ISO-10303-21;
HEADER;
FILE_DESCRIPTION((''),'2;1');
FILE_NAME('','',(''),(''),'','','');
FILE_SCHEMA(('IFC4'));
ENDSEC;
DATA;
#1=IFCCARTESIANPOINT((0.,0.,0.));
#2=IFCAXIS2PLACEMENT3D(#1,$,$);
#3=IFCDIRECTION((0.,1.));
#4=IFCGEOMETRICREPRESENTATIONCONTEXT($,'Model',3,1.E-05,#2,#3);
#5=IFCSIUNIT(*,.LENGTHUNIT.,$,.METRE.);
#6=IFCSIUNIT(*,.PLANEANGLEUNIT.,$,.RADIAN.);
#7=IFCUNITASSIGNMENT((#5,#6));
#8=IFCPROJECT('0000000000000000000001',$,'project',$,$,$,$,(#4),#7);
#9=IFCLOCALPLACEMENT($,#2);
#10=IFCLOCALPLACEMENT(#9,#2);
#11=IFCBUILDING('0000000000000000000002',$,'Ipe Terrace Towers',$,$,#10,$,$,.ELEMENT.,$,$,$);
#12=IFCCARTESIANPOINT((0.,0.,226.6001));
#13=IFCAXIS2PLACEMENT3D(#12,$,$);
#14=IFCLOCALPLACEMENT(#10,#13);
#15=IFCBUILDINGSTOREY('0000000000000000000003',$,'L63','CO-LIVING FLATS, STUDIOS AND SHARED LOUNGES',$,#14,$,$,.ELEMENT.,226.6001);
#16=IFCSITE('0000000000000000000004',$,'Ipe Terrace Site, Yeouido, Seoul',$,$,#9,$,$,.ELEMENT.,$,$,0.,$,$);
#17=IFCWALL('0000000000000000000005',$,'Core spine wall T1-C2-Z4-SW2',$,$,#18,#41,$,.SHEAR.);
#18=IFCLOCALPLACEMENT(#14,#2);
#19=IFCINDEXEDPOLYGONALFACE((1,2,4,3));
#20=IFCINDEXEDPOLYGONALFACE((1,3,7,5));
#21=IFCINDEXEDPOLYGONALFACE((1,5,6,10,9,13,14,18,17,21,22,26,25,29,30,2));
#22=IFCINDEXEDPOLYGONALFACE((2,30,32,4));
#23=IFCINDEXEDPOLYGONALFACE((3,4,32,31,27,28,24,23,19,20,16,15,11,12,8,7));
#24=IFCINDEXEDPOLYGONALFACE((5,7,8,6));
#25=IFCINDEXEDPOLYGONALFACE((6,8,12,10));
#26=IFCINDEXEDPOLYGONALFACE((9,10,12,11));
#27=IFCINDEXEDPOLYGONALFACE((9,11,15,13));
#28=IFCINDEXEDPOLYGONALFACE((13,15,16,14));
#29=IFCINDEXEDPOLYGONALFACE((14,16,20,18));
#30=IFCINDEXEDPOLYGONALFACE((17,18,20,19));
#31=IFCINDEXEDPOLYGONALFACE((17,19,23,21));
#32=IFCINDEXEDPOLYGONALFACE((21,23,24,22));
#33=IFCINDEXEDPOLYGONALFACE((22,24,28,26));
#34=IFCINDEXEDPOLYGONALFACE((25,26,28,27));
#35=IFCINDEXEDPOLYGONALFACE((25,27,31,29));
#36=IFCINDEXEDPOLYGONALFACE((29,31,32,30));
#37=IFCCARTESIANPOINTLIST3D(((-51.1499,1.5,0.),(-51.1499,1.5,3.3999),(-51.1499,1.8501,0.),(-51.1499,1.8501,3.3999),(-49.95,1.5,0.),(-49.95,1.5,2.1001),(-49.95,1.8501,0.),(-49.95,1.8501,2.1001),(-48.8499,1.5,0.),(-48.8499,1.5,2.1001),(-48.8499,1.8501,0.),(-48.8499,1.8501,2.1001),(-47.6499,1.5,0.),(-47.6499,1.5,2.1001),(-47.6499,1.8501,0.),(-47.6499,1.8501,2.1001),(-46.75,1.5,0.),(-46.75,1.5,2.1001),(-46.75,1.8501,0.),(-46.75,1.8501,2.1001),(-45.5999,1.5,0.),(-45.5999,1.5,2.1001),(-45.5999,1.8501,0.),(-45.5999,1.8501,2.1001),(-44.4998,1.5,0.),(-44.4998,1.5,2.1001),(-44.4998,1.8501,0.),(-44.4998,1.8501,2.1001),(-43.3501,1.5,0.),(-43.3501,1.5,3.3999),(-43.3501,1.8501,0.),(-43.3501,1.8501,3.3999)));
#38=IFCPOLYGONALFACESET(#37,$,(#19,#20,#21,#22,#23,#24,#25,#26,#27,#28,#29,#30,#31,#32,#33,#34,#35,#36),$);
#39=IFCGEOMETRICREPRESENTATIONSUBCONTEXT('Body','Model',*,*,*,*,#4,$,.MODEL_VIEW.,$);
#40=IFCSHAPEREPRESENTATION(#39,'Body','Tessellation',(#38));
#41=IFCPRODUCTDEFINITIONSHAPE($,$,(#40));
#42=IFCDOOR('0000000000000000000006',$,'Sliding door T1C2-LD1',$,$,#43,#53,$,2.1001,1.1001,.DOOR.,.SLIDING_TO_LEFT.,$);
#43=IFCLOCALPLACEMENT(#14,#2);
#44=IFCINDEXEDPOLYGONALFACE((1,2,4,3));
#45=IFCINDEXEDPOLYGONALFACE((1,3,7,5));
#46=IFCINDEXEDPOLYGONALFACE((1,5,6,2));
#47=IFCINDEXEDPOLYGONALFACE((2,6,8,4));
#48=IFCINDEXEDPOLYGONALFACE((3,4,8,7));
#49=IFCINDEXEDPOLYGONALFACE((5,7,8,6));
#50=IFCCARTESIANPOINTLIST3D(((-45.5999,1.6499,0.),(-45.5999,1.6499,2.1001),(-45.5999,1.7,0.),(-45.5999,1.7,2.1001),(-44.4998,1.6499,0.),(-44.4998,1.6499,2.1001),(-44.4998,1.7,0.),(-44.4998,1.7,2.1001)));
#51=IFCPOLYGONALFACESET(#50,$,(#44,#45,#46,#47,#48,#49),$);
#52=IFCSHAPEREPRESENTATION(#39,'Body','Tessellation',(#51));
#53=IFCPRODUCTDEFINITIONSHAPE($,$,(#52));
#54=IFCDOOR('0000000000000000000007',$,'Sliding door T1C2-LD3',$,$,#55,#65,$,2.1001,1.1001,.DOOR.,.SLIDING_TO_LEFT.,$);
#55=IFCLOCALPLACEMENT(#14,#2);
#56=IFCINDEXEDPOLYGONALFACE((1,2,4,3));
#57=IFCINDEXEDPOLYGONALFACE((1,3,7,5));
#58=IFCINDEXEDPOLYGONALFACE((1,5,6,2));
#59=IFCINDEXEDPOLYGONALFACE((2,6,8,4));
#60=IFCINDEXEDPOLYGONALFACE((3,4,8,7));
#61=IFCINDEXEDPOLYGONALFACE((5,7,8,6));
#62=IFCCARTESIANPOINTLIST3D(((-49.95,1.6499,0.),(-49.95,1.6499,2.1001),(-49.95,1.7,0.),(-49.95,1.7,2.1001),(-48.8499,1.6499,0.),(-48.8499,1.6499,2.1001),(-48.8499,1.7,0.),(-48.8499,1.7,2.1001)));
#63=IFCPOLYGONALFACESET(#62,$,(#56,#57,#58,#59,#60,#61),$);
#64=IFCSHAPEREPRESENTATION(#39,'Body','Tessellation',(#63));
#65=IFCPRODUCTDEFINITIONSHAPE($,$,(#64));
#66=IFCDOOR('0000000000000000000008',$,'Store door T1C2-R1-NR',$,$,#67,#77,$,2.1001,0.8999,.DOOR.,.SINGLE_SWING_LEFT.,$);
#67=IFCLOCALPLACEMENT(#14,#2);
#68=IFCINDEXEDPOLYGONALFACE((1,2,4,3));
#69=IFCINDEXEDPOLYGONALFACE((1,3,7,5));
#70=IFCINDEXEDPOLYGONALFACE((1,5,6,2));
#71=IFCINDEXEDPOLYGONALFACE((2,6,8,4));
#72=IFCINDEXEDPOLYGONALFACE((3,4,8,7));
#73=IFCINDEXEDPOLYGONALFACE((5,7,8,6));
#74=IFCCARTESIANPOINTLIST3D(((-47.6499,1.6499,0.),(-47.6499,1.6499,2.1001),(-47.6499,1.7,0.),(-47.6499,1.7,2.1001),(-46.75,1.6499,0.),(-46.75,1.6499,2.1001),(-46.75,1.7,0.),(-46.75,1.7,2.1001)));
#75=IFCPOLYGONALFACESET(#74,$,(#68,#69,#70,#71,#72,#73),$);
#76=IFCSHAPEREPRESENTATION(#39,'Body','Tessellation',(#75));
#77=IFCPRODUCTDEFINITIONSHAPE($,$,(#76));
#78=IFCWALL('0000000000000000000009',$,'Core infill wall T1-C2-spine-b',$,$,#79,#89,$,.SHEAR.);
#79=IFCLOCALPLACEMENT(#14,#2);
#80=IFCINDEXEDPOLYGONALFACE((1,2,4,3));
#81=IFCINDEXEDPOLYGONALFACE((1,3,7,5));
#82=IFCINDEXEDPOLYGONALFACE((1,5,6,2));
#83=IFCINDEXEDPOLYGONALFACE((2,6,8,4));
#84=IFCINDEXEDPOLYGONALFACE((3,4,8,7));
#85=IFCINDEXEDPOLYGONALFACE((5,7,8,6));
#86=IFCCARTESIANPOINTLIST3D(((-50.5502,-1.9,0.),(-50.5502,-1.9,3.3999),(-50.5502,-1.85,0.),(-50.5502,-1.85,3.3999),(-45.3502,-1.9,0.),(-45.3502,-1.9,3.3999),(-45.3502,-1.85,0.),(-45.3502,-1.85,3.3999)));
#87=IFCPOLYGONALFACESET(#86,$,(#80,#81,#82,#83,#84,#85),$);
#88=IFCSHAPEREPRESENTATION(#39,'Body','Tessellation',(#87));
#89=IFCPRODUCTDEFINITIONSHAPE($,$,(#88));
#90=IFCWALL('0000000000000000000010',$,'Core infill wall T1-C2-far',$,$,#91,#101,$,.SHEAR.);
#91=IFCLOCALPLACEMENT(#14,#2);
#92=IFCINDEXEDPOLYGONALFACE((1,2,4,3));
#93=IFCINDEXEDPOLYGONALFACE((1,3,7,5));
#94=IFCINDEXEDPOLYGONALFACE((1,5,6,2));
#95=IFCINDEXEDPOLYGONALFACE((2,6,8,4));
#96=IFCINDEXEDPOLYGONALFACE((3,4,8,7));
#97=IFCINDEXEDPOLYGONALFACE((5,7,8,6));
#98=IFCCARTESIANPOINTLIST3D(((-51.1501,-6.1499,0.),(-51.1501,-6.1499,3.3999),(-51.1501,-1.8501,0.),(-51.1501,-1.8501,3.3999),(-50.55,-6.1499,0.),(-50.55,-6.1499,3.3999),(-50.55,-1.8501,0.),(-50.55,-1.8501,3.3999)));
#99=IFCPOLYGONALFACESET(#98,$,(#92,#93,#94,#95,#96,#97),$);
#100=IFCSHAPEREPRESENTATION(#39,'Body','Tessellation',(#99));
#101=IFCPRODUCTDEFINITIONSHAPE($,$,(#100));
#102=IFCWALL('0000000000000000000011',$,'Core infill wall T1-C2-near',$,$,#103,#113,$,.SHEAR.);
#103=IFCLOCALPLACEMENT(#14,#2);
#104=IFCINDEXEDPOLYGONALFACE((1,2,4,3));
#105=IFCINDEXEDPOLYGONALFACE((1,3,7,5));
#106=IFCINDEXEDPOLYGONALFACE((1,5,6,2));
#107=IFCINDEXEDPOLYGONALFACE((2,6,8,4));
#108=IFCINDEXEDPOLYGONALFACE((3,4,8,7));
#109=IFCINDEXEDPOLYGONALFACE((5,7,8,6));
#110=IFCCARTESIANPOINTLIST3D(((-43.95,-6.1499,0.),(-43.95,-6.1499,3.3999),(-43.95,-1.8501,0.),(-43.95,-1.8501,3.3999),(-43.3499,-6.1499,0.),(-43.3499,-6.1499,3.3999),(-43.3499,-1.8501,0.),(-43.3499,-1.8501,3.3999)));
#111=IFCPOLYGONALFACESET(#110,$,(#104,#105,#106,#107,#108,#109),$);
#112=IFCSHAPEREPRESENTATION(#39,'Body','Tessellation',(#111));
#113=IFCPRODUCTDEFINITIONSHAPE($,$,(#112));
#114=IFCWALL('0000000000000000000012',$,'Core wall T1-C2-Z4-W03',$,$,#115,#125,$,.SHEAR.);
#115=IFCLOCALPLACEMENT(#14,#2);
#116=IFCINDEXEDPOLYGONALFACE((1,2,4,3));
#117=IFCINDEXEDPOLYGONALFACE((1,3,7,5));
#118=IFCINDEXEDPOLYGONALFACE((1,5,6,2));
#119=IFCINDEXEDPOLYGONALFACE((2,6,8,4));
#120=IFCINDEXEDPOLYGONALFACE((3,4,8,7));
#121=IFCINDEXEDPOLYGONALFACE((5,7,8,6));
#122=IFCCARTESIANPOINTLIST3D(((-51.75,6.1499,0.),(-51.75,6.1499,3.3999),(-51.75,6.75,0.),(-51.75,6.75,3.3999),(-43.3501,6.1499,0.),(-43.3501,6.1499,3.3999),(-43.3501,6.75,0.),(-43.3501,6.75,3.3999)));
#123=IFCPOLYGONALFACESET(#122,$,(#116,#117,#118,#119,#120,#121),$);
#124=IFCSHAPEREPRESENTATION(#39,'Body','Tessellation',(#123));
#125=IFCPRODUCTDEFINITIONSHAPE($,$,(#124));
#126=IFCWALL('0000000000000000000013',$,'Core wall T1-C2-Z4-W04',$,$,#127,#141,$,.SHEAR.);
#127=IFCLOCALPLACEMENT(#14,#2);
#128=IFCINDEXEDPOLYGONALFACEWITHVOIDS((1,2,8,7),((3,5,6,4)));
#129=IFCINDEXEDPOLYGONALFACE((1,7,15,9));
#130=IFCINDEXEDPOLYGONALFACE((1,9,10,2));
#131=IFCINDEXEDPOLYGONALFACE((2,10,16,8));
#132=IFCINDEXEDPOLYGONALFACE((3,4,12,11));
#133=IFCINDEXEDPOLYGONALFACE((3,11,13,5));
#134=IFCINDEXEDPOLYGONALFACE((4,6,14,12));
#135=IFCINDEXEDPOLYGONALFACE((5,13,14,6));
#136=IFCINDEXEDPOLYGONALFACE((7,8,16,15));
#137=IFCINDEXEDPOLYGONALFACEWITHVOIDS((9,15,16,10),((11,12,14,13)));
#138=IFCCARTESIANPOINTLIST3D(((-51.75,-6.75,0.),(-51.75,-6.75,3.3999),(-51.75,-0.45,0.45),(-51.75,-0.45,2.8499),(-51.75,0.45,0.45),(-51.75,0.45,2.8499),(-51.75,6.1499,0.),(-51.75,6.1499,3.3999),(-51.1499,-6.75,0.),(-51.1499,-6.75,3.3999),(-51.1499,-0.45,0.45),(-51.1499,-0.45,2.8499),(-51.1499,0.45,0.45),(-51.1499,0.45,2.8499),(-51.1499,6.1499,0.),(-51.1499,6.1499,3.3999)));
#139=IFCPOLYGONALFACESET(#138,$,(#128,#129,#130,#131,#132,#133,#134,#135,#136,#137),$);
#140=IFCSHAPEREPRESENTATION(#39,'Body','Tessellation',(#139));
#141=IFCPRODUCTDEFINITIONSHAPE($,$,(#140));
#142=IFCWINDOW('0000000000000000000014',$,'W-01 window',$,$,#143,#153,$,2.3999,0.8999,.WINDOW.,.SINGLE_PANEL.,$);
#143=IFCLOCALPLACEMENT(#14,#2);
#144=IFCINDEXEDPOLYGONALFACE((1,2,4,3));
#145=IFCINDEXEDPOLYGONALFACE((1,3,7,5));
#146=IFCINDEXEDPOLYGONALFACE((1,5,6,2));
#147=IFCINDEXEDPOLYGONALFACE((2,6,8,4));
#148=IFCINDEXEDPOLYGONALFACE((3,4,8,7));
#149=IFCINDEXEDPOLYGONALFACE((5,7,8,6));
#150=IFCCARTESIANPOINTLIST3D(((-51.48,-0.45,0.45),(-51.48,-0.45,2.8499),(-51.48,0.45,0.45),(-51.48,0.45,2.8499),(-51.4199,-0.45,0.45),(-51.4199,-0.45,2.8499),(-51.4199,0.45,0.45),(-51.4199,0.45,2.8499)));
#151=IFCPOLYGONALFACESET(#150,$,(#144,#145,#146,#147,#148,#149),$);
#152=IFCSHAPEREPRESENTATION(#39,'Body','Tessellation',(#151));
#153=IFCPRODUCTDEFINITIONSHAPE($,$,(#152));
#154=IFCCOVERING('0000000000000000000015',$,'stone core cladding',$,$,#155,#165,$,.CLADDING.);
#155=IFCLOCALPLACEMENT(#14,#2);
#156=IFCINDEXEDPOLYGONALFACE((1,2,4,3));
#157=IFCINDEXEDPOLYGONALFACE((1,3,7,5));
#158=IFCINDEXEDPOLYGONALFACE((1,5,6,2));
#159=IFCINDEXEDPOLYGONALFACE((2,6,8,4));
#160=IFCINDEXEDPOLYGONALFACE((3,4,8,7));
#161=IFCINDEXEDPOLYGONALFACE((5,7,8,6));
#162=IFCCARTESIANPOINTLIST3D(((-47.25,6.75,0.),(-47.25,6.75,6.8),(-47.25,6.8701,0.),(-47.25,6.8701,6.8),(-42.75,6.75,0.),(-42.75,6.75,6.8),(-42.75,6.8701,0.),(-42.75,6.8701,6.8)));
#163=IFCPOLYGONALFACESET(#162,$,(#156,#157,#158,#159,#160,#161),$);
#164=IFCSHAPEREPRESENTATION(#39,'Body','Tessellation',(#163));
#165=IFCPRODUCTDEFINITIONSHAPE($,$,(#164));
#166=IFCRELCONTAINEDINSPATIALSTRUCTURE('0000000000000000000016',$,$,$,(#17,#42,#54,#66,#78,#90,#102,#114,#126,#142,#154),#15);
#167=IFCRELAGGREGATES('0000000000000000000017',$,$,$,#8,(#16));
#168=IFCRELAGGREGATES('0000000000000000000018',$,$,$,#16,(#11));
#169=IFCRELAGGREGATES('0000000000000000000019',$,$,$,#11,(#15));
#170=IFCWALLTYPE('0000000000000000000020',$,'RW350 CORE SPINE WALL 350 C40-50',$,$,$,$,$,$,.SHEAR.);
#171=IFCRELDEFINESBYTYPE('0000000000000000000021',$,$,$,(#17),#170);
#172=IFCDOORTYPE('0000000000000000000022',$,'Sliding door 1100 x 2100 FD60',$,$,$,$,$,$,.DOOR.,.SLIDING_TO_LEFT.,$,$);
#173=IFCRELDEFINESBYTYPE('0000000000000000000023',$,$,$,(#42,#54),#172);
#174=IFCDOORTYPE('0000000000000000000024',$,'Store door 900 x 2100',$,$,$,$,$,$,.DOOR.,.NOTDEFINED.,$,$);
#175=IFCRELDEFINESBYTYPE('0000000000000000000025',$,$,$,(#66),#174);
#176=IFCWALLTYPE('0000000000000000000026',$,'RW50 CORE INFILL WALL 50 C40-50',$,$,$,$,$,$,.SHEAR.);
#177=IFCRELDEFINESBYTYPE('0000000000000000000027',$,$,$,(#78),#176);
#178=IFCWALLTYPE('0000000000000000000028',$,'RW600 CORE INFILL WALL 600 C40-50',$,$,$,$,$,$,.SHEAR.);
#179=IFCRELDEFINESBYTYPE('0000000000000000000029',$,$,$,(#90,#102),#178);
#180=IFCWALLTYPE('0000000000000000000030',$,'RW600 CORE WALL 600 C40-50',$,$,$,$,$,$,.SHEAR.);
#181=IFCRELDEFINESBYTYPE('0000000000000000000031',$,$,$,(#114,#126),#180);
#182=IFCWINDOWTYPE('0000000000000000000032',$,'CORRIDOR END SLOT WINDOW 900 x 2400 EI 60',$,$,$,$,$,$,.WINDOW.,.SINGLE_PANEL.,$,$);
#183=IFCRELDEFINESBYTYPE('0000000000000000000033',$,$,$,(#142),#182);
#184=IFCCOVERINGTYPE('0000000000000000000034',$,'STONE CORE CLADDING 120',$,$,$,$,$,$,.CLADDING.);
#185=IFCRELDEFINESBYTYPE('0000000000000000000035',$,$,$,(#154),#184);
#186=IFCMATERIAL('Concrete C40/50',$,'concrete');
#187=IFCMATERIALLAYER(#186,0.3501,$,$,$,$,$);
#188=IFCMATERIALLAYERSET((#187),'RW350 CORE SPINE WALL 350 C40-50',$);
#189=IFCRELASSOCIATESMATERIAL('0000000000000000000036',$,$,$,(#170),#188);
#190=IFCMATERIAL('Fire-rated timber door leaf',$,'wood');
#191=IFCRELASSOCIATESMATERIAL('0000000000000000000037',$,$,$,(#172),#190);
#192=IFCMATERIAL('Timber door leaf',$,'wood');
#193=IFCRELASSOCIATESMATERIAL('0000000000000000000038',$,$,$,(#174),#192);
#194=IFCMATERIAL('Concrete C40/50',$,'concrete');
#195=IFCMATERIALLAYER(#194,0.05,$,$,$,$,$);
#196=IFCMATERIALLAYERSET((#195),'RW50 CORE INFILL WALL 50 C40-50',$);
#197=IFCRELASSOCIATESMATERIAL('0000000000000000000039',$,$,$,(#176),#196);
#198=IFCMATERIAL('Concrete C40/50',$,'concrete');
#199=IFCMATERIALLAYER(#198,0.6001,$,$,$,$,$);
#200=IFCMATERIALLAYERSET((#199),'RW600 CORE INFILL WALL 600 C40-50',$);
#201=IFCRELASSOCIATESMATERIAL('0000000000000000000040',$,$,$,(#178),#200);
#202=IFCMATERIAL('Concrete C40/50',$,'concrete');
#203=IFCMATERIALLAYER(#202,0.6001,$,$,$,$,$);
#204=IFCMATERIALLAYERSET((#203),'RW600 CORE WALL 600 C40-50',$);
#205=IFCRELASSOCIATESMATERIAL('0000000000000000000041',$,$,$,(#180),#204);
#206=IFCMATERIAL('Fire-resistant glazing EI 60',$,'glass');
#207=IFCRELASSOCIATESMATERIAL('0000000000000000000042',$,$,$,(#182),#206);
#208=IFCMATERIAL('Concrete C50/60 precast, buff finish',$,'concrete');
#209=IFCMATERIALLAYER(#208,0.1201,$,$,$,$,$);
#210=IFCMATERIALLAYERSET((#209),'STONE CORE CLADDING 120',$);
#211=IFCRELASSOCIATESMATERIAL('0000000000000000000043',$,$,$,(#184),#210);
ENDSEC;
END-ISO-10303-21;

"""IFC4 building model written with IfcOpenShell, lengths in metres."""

from ifc_helpers import new_model, si_unit, direction, frame, frame_2d, origin, origin_2d, place, context, subcontext, project, spatial, rectangle, extrude, material, layer, layer_set, type_object, element, fill, save


model = new_model("IFC4")

# Units and contexts
model_context = context("Model", 3, precision=1e-05, world=origin(), true_north=direction((0.0, 1.0)))
body_context = subcontext(model_context, "Body", "Model", "MODEL_VIEW")
ifc_project = project(units=[si_unit("LENGTHUNIT", "METRE"), si_unit("PLANEANGLEUNIT", "RADIAN")], contexts=[model_context])

# Site, building, storey
site_placement = place(None, origin())
site = spatial("IfcSite", under=ifc_project, at=site_placement, Name="Ipe Terrace Site, Yeouido, Seoul", CompositionType="ELEMENT", RefElevation=0.0)
building_placement = place(site_placement, origin())
building = spatial("IfcBuilding", under=site, at=building_placement, Name="Ipe Terrace Towers", CompositionType="ELEMENT")
storey_placement = place(building_placement, frame((0.0, 0.0, 226.6001)))
storey = spatial("IfcBuildingStorey", under=building, at=storey_placement, Name="L63", Description="CO-LIVING FLATS, STUDIOS AND SHARED LOUNGES", CompositionType="ELEMENT", Elevation=226.6001)

# Shared definitions
ifc_material_1 = material(Name="Concrete C40/50", Category="concrete")
ifc_layer_1 = layer(ifc_material_1, 0.3501)
ifc_layer_set_1 = layer_set([ifc_layer_1], Name="RW350 CORE SPINE WALL 350 C40-50")
wall_type_1 = type_object("IfcWallType", Name="RW350 CORE SPINE WALL 350 C40-50", PredefinedType="SHEAR", material=ifc_layer_set_1)

# Wall, openings, doors
wall_1_placement = place(storey_placement, frame((-51.1499, 1.675, 0.0), z_axis=(0.0, 0.0, 1.0), x_axis=(1.0, 0.0, 0.0)))
wall_1 = element("IfcWall", 1, at=wall_1_placement, inside=storey, type_object=wall_type_1, Name="Core spine wall T1-C2-Z4-SW2", PredefinedType="SHEAR", context=body_context, shape_type="SweptSolid", body=[
    extrude(rectangle(XDim=7.7998, YDim=0.3501, at=frame_2d((3.8999, 0.0))), origin(), (0.0, 0.0, 1.0), 3.3999),
])
opening_1_placement = place(wall_1_placement, frame((5.55, 0.0, 0.0)))
opening_1 = element("IfcOpeningElement", 2, at=opening_1_placement, cuts=wall_1, PredefinedType="OPENING", context=body_context, shape_type="SweptSolid", body=[
    extrude(rectangle(XDim=1.1001, YDim=2.1001, at=frame_2d((0.55, 1.05))), frame((0.0, 0.1851, 0.0), z_axis=(0.0, -1.0, 0.0), x_axis=(1.0, 0.0, 0.0)), (0.0, 0.0, 1.0), 0.3701),
])
opening_2_placement = place(wall_1_placement, frame((1.2, 0.0, 0.0)))
opening_2 = element("IfcOpeningElement", 3, at=opening_2_placement, cuts=wall_1, PredefinedType="OPENING", context=body_context, shape_type="SweptSolid", body=[
    extrude(rectangle(XDim=1.1001, YDim=2.1001, at=frame_2d((0.55, 1.05))), frame((0.0, 0.1851, 0.0), z_axis=(0.0, -1.0, 0.0), x_axis=(1.0, 0.0, 0.0)), (0.0, 0.0, 1.0), 0.3701),
])
opening_3_placement = place(wall_1_placement, frame((3.5, 0.0, 0.0)))
opening_3 = element("IfcOpeningElement", 4, at=opening_3_placement, cuts=wall_1, PredefinedType="OPENING", context=body_context, shape_type="SweptSolid", body=[
    extrude(rectangle(XDim=0.8999, YDim=2.1001, at=frame_2d((0.45, 1.05))), frame((0.0, 0.1851, 0.0), z_axis=(0.0, -1.0, 0.0), x_axis=(1.0, 0.0, 0.0)), (0.0, 0.0, 1.0), 0.3701),
])
ifc_material_2 = material(Name="Fire-rated timber door leaf", Category="wood")
door_type_1 = type_object("IfcDoorType", Name="Sliding door 1100 x 2100 FD60", OperationType="SLIDING_TO_LEFT", PredefinedType="DOOR", material=ifc_material_2)
door_1_placement = place(opening_1_placement, origin())
door_1 = element("IfcDoor", 5, at=door_1_placement, inside=storey, type_object=door_type_1, Name="Sliding door T1C2-LD1", OperationType="SLIDING_TO_LEFT", OverallHeight=2.1001, OverallWidth=1.1001, PredefinedType="DOOR", context=body_context, shape_type="SweptSolid", body=[
    extrude(rectangle(XDim=1.1001, YDim=2.1001, at=frame_2d((0.55, 1.05))), frame((0.0, 0.0249, 0.0), z_axis=(0.0, -1.0, 0.0), x_axis=(1.0, 0.0, 0.0)), (0.0, 0.0, 1.0), 0.05),
])
fill(opening_1, door_1)
door_2_placement = place(opening_2_placement, origin())
door_2 = element("IfcDoor", 6, at=door_2_placement, inside=storey, type_object=door_type_1, Name="Sliding door T1C2-LD3", OperationType="SLIDING_TO_LEFT", OverallHeight=2.1001, OverallWidth=1.1001, PredefinedType="DOOR", context=body_context, shape_type="SweptSolid", body=[
    extrude(rectangle(XDim=1.1001, YDim=2.1001, at=frame_2d((0.55, 1.05))), frame((0.0, 0.0249, 0.0), z_axis=(0.0, -1.0, 0.0), x_axis=(1.0, 0.0, 0.0)), (0.0, 0.0, 1.0), 0.05),
])
fill(opening_2, door_2)
ifc_material_3 = material(Name="Timber door leaf", Category="wood")
door_type_2 = type_object("IfcDoorType", Name="Store door 900 x 2100", OperationType="NOTDEFINED", PredefinedType="DOOR", material=ifc_material_3)
door_3_placement = place(opening_3_placement, origin())
door_3 = element("IfcDoor", 7, at=door_3_placement, inside=storey, type_object=door_type_2, Name="Store door T1C2-R1-NR", OperationType="SINGLE_SWING_LEFT", OverallHeight=2.1001, OverallWidth=0.8999, PredefinedType="DOOR", context=body_context, shape_type="SweptSolid", body=[
    extrude(rectangle(XDim=0.8999, YDim=2.1001, at=frame_2d((0.45, 1.05))), frame((0.0, 0.0249, 0.0), z_axis=(0.0, -1.0, 0.0), x_axis=(1.0, 0.0, 0.0)), (0.0, 0.0, 1.0), 0.05),
])
fill(opening_3, door_3)

# Walls
ifc_material_4 = material(Name="Concrete C40/50", Category="concrete")
ifc_layer_2 = layer(ifc_material_4, 0.05)
ifc_layer_set_2 = layer_set([ifc_layer_2], Name="RW50 CORE INFILL WALL 50 C40-50")
wall_type_2 = type_object("IfcWallType", Name="RW50 CORE INFILL WALL 50 C40-50", PredefinedType="SHEAR", material=ifc_layer_set_2)
wall_2_placement = place(storey_placement, frame((-45.3501, -1.875, 0.0), z_axis=(0.0, 0.0, 1.0), x_axis=(-1.0, 0.0, 0.0)))
element("IfcWall", 8, at=wall_2_placement, inside=storey, type_object=wall_type_2, Name="Core infill wall T1-C2-spine-b", PredefinedType="SHEAR", context=body_context, shape_type="SweptSolid", body=[
    extrude(rectangle(XDim=5.2, YDim=0.05, at=frame_2d((2.6001, 0.0))), origin(), (0.0, 0.0, 1.0), 3.3999),
])
ifc_material_5 = material(Name="Concrete C40/50", Category="concrete")
ifc_layer_3 = layer(ifc_material_5, 0.6001)
ifc_layer_set_3 = layer_set([ifc_layer_3], Name="RW600 CORE INFILL WALL 600 C40-50")
wall_type_3 = type_object("IfcWallType", Name="RW600 CORE INFILL WALL 600 C40-50", PredefinedType="SHEAR", material=ifc_layer_set_3)
for number, where, z_axis, x_axis, name in (
    (9, (-50.8501, -1.8501, 0.0), (0.0, 0.0, 1.0), (0.0, -1.0, 0.0), "Core infill wall T1-C2-far"),
    (10, (-43.6499, -1.8501, 0.0), (0.0, 0.0, 1.0), (0.0, -1.0, 0.0), "Core infill wall T1-C2-near"),
):
    element("IfcWall", number, at=place(storey_placement, frame(where, z_axis=z_axis, x_axis=x_axis)), inside=storey, type_object=wall_type_3, Name=name, PredefinedType="SHEAR", context=body_context, shape_type="SweptSolid", body=[
        extrude(rectangle(XDim=4.2998, YDim=0.6001, at=frame_2d((2.1499, 0.0))), origin(), (0.0, 0.0, 1.0), 3.3999),
    ])
ifc_material_6 = material(Name="Concrete C40/50", Category="concrete")
ifc_layer_4 = layer(ifc_material_6, 0.6001)
ifc_layer_set_4 = layer_set([ifc_layer_4], Name="RW600 CORE WALL 600 C40-50")
wall_type_4 = type_object("IfcWallType", Name="RW600 CORE WALL 600 C40-50", PredefinedType="SHEAR", material=ifc_layer_set_4)
wall_3_placement = place(storey_placement, frame((-43.3501, 6.45, 0.0), z_axis=(0.0, 0.0, 1.0), x_axis=(-1.0, 0.0, 0.0)))
element("IfcWall", 11, at=wall_3_placement, inside=storey, type_object=wall_type_4, Name="Core wall T1-C2-Z4-W03", PredefinedType="SHEAR", context=body_context, shape_type="SweptSolid", body=[
    extrude(rectangle(XDim=8.3999, YDim=0.6001, at=frame_2d((4.2, 0.0))), origin(), (0.0, 0.0, 1.0), 3.3999),
])

# Wall, opening, window
wall_4_placement = place(storey_placement, frame((-51.45, 6.1499, 0.0), z_axis=(0.0, 0.0, 1.0), x_axis=(0.0, -1.0, 0.0)))
wall_4 = element("IfcWall", 12, at=wall_4_placement, inside=storey, type_object=wall_type_4, Name="Core wall T1-C2-Z4-W04", PredefinedType="SHEAR", context=body_context, shape_type="SweptSolid", body=[
    extrude(rectangle(XDim=12.8999, YDim=0.6001, at=frame_2d((6.45, 0.0))), origin(), (0.0, 0.0, 1.0), 3.3999),
])
opening_4_placement = place(wall_4_placement, frame((5.7, 0.0, 0.45)))
opening_4 = element("IfcOpeningElement", 13, at=opening_4_placement, cuts=wall_4, PredefinedType="OPENING", context=body_context, shape_type="SweptSolid", body=[
    extrude(rectangle(XDim=0.8999, YDim=2.3999, at=frame_2d((0.45, 1.2))), frame((0.0, 0.3101, 0.0), z_axis=(0.0, -1.0, 0.0), x_axis=(1.0, 0.0, 0.0)), (0.0, 0.0, 1.0), 0.6201),
])
ifc_material_7 = material(Name="Fire-resistant glazing EI 60", Category="glass")
window_type = type_object("IfcWindowType", Name="CORRIDOR END SLOT WINDOW 900 x 2400 EI 60", PartitioningType="SINGLE_PANEL", PredefinedType="WINDOW", material=ifc_material_7)
window_placement = place(opening_4_placement, origin())
window = element("IfcWindow", 14, at=window_placement, inside=storey, type_object=window_type, Name="W-01 window", OverallHeight=2.3999, OverallWidth=0.8999, PartitioningType="SINGLE_PANEL", PredefinedType="WINDOW", context=body_context, shape_type="SweptSolid", body=[
    extrude(rectangle(XDim=0.8999, YDim=2.3999, at=frame_2d((0.45, 1.2))), frame((0.0, 0.03, 0.0), z_axis=(0.0, -1.0, 0.0), x_axis=(1.0, 0.0, 0.0)), (0.0, 0.0, 1.0), 0.0601),
])
fill(opening_4, window)

# Covering
ifc_material_8 = material(Name="Concrete C50/60 precast, buff finish", Category="concrete")
ifc_layer_5 = layer(ifc_material_8, 0.1201)
ifc_layer_set_5 = layer_set([ifc_layer_5], Name="STONE CORE CLADDING 120")
covering_type = type_object("IfcCoveringType", Name="STONE CORE CLADDING 120", PredefinedType="CLADDING", material=ifc_layer_set_5)
covering_placement = place(storey_placement, frame((-45.0, 6.8101, 0.0), z_axis=(0.0, 0.0, 1.0), x_axis=(-1.0, 0.0, 0.0)))
element("IfcCovering", 15, at=covering_placement, inside=storey, type_object=covering_type, Name="stone core cladding", PredefinedType="CLADDING", context=body_context, shape_type="SweptSolid", body=[
    extrude(rectangle(XDim=4.5, YDim=0.1201, at=origin_2d()), origin(), (0.0, 0.0, 1.0), 6.8),
])

save(model, "model.ifc")
